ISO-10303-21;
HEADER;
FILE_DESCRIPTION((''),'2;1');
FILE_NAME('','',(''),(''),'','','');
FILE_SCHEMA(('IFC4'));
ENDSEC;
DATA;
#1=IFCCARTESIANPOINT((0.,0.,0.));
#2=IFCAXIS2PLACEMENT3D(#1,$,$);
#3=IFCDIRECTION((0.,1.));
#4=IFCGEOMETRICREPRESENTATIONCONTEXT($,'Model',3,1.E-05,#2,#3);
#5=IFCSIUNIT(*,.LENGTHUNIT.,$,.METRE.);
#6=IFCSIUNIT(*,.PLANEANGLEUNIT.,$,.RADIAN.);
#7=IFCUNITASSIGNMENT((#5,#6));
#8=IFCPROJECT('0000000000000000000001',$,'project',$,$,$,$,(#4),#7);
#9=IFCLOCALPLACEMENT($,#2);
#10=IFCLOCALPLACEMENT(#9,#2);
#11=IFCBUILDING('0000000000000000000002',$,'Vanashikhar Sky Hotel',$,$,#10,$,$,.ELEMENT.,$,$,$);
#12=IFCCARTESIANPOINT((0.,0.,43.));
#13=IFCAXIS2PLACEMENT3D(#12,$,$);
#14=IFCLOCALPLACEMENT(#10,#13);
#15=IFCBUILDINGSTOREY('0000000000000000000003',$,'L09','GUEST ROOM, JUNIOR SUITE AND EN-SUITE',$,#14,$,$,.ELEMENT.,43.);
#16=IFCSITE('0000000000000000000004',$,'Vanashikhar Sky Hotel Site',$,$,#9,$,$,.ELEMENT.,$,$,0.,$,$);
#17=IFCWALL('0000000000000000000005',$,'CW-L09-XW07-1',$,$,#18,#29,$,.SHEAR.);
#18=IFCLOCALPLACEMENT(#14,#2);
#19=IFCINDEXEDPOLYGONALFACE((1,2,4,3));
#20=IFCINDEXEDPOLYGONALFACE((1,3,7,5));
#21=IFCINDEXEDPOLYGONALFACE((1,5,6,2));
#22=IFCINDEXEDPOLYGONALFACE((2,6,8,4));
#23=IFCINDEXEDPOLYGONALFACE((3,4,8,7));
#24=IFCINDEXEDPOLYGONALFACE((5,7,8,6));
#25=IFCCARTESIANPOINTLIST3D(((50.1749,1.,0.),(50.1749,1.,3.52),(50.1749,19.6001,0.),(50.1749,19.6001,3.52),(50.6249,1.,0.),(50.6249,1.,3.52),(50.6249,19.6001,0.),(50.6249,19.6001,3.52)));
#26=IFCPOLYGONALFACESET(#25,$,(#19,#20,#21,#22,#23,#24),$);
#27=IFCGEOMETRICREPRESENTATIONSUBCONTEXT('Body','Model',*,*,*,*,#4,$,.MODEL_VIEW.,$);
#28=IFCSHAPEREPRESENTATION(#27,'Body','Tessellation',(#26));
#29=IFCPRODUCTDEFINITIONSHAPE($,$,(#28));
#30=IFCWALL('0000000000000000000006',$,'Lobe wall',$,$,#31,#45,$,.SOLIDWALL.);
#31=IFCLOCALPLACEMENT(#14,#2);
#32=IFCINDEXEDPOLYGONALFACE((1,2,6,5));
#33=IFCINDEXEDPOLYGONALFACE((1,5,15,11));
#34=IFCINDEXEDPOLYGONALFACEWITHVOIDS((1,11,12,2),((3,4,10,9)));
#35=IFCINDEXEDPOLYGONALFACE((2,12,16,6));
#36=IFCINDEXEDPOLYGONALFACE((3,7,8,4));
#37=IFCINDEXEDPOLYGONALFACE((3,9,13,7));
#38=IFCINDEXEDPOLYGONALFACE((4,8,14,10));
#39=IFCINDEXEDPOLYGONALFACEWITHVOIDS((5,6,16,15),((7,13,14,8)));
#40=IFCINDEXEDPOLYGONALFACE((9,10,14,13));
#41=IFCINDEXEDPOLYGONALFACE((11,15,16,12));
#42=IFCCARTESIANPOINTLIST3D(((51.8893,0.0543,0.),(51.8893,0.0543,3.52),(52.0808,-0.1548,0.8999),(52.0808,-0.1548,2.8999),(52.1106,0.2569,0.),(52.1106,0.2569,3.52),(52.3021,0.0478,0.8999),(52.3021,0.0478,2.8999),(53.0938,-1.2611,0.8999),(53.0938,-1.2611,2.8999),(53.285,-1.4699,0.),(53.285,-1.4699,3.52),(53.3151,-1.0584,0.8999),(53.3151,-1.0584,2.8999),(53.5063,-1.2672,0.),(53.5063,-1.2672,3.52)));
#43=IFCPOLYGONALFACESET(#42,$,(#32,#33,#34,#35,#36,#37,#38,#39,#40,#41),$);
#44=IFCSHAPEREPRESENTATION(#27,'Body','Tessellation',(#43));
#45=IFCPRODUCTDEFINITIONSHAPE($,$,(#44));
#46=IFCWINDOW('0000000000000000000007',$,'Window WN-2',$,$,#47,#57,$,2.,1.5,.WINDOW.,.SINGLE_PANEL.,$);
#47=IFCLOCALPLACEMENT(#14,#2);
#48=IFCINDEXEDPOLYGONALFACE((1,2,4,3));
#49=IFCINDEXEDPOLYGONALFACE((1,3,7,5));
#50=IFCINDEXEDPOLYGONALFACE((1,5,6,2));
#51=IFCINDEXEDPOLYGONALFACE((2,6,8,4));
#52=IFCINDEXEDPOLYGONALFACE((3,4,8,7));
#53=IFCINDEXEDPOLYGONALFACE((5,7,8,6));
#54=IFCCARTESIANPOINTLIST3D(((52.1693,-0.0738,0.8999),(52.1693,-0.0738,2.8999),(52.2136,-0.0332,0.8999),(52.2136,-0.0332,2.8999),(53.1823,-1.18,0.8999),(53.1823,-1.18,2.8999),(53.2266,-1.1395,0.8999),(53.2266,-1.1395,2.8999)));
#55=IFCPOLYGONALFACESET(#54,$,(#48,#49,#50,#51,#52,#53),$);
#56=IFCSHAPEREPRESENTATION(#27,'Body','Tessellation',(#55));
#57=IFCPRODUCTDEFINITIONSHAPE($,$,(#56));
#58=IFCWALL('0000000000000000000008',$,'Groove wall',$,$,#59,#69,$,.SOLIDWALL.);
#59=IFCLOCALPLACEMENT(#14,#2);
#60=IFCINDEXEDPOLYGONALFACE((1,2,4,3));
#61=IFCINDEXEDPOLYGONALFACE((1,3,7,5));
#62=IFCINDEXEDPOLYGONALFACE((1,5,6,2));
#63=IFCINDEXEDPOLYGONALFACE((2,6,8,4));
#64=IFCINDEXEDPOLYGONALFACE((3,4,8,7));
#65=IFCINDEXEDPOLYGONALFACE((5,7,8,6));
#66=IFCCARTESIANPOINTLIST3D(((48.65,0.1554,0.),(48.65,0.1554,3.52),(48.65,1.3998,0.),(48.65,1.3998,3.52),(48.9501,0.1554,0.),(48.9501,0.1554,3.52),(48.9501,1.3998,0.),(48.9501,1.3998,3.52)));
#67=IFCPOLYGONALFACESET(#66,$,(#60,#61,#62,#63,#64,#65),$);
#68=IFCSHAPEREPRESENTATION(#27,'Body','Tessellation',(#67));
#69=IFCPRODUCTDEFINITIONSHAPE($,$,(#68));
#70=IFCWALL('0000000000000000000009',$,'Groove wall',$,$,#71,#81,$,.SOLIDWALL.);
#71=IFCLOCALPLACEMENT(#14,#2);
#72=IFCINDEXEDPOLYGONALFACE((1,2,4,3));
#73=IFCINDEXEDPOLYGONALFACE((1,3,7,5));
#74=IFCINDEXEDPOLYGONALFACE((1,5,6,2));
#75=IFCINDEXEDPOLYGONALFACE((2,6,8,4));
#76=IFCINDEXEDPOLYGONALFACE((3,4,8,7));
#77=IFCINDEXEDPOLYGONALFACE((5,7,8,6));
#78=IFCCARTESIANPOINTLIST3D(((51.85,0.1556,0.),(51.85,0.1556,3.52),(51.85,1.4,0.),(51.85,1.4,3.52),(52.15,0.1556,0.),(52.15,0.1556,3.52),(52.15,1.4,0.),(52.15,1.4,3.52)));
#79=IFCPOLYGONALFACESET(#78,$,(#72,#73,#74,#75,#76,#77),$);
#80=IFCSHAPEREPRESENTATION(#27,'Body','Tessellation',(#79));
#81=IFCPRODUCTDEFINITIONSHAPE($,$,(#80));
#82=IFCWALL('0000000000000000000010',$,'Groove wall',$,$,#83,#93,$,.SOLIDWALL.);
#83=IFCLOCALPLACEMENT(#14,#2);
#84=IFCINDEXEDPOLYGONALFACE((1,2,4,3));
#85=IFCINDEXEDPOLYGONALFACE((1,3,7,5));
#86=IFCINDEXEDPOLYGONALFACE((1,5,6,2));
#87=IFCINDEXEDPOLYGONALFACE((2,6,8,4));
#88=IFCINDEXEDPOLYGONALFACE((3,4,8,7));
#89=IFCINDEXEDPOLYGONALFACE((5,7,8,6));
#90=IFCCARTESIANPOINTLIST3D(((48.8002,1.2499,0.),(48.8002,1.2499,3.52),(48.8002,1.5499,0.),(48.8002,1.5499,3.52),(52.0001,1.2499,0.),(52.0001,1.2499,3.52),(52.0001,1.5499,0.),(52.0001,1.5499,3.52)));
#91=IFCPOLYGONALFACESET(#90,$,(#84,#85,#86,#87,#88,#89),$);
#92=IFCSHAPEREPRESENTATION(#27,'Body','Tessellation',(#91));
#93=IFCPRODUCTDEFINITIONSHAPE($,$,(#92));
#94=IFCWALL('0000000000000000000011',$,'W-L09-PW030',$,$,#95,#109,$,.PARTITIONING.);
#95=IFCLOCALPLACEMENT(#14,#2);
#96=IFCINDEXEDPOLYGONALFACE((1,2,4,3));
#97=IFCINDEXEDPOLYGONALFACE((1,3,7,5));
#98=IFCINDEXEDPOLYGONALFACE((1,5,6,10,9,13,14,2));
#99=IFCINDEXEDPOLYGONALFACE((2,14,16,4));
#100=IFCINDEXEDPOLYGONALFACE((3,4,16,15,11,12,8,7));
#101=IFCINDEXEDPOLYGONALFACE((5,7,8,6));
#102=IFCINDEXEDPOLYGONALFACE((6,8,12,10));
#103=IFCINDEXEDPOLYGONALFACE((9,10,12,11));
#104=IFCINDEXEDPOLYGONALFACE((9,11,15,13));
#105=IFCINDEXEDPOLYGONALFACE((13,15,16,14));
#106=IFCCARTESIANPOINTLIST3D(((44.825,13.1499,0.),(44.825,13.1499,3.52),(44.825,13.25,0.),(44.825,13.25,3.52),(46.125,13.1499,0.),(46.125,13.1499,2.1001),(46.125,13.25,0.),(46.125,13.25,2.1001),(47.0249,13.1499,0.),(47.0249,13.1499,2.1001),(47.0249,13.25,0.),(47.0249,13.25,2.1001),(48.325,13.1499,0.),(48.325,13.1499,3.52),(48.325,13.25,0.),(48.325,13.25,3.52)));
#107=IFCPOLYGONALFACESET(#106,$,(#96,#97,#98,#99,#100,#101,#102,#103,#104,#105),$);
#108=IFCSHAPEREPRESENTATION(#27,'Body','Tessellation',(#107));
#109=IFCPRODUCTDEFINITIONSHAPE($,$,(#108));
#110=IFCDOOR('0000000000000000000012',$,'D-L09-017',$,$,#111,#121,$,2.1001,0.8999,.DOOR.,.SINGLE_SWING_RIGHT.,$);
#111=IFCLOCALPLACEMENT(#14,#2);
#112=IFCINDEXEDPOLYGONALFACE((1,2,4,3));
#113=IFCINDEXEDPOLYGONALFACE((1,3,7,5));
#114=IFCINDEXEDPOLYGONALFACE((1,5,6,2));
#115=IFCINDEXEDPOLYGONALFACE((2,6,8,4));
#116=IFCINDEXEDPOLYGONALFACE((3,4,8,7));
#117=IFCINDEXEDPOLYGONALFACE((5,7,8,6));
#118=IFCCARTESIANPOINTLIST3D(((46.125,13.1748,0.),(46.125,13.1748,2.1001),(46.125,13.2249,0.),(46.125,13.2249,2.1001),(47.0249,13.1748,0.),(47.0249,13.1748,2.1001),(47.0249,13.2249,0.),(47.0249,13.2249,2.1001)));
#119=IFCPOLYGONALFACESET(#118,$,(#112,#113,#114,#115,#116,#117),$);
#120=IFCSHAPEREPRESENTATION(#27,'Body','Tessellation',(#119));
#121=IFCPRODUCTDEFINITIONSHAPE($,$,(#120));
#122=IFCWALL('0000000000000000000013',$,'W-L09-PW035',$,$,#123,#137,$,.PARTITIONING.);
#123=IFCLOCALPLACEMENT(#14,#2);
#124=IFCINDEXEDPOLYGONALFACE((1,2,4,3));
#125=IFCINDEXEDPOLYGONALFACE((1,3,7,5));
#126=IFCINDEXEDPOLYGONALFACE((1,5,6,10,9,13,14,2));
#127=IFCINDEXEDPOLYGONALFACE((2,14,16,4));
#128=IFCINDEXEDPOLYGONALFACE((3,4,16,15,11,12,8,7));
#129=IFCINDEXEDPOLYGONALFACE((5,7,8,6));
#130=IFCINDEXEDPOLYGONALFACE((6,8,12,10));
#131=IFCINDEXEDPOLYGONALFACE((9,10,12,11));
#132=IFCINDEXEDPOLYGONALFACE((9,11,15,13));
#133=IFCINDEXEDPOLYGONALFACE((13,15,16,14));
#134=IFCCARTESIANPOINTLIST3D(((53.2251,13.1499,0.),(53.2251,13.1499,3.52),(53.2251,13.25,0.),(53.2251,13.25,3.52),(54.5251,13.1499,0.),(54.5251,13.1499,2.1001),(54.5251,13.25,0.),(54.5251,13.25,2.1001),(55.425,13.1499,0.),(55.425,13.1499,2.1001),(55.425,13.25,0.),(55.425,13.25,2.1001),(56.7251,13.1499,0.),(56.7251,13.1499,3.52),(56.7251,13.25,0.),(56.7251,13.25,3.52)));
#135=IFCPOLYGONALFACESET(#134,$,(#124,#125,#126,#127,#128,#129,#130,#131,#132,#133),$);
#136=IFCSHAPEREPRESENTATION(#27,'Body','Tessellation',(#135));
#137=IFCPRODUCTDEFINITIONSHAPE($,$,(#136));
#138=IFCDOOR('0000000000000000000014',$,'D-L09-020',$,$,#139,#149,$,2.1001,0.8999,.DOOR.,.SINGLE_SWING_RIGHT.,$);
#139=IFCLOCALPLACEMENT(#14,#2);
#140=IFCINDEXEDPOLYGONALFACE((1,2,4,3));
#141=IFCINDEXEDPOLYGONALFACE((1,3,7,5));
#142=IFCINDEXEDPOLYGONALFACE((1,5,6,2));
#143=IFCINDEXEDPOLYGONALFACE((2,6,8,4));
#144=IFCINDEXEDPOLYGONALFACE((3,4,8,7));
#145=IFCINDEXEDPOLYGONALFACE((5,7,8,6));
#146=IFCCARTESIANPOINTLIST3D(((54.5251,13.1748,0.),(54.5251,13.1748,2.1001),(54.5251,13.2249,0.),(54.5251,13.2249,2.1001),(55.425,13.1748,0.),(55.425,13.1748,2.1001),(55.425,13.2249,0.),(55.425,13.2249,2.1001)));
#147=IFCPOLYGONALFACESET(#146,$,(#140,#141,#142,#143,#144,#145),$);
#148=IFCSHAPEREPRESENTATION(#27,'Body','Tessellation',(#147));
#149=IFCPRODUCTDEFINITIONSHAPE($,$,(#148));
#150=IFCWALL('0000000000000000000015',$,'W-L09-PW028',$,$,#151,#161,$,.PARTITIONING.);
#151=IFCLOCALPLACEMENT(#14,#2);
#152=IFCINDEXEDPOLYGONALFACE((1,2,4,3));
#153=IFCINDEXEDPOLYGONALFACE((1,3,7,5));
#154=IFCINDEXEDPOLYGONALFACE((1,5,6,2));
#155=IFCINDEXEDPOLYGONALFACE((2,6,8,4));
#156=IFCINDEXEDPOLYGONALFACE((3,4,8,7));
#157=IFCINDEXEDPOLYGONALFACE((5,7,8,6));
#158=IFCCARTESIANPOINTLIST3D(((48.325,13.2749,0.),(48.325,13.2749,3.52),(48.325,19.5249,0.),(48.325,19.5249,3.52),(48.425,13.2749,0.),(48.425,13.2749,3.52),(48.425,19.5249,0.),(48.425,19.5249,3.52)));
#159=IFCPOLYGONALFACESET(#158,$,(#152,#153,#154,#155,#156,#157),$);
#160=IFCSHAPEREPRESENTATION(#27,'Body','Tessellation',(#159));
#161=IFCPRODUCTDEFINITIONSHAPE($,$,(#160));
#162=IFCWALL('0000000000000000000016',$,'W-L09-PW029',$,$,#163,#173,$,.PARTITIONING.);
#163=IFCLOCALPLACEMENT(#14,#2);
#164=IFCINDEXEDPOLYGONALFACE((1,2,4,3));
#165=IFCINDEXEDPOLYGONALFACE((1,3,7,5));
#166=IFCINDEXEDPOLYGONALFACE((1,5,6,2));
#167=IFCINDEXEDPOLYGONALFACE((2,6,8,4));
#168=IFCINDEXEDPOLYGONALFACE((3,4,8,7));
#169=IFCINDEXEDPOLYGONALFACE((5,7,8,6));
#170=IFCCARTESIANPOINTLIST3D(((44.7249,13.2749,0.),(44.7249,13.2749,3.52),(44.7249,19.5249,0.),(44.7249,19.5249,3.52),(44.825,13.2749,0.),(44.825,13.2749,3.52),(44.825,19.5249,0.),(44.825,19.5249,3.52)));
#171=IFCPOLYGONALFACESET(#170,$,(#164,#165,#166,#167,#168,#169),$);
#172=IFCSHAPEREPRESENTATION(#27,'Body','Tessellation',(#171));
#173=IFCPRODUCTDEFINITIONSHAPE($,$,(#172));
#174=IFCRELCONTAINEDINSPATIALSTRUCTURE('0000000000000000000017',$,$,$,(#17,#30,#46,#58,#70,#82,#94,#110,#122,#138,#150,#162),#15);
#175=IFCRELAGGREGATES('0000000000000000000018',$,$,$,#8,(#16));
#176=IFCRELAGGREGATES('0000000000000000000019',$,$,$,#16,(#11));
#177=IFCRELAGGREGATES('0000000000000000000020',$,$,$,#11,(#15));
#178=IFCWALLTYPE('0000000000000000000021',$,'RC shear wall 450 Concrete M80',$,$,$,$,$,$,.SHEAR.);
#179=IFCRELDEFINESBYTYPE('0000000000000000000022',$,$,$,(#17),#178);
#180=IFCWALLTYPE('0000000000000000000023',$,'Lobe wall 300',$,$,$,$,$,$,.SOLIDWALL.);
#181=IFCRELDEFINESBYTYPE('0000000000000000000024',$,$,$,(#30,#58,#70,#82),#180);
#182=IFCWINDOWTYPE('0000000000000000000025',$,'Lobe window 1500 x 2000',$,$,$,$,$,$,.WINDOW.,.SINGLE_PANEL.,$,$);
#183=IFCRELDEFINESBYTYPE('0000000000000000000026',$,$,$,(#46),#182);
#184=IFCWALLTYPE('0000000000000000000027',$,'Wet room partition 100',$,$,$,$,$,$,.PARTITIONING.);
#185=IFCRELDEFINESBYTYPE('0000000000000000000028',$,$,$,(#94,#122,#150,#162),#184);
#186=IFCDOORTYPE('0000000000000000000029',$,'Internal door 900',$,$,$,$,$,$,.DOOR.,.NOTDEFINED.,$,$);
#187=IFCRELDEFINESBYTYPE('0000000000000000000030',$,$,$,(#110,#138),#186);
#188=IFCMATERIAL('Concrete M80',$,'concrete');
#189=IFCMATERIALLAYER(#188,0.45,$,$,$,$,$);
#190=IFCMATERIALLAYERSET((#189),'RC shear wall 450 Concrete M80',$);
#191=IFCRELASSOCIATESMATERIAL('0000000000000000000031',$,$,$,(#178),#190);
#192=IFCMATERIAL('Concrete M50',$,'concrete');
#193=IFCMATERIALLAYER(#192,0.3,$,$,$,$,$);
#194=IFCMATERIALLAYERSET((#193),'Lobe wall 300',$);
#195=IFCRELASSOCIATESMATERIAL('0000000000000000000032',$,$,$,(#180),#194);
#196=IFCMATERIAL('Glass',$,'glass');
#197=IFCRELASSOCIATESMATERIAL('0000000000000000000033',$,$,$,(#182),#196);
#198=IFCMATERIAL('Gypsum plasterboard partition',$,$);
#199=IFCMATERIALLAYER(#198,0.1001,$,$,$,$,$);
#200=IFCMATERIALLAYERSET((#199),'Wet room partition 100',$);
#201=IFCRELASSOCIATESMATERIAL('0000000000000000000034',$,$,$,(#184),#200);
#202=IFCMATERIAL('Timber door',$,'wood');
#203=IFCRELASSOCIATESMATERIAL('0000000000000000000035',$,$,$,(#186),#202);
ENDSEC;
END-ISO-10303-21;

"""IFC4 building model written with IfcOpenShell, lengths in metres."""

from ifc_helpers import new_model, si_unit, direction, frame, frame_2d, origin, place, context, subcontext, project, spatial, rectangle, extrude, source, transform, mapped, material, layer, layer_set, type_object, element, fill, save


model = new_model("IFC4")

# Units and contexts
model_context = context("Model", 3, precision=1e-05, world=origin(), true_north=direction((0.0, 1.0)))
body_context = subcontext(model_context, "Body", "Model", "MODEL_VIEW")
ifc_project = project(units=[si_unit("LENGTHUNIT", "METRE"), si_unit("PLANEANGLEUNIT", "RADIAN")], contexts=[model_context])

# Site, building, storey
site_placement = place(None, origin())
site = spatial("IfcSite", under=ifc_project, at=site_placement, Name="Vanashikhar Sky Hotel Site", CompositionType="ELEMENT", RefElevation=0.0)
building_placement = place(site_placement, origin())
building = spatial("IfcBuilding", under=site, at=building_placement, Name="Vanashikhar Sky Hotel", CompositionType="ELEMENT")
storey_placement = place(building_placement, frame((0.0, 0.0, 43.0)))
storey = spatial("IfcBuildingStorey", under=building, at=storey_placement, Name="L09", Description="GUEST ROOM, JUNIOR SUITE AND EN-SUITE", CompositionType="ELEMENT", Elevation=43.0)

# Wall
ifc_material_1 = material(Name="Concrete M80", Category="concrete")
ifc_layer_1 = layer(ifc_material_1, 0.45)
ifc_layer_set_1 = layer_set([ifc_layer_1], Name="RC shear wall 450 Concrete M80")
wall_type_1 = type_object("IfcWallType", Name="RC shear wall 450 Concrete M80", PredefinedType="SHEAR", material=ifc_layer_set_1)
shared_shape_1 = source(origin(), body_context, "Body", "SweptSolid", [
    extrude(rectangle(XDim=18.6001, YDim=0.45, at=frame_2d((9.3, 0.0))), origin(), (0.0, 0.0, 1.0), 3.52),
])
wall_1_placement = place(storey_placement, frame((50.3999, 1.0, 0.0), z_axis=(0.0, 0.0, 1.0), x_axis=(0.0, 1.0, 0.0)))
element("IfcWall", 1, at=wall_1_placement, inside=storey, type_object=wall_type_1, Name="CW-L09-XW07-1", PredefinedType="SHEAR", context=body_context, shape_type="MappedRepresentation", body=[
    mapped(shared_shape_1, transform((0.0, 0.0, 0.0), scale=1.0)),
])

# Wall, opening, window
ifc_material_2 = material(Name="Concrete M50", Category="concrete")
ifc_layer_2 = layer(ifc_material_2, 0.3)
ifc_layer_set_2 = layer_set([ifc_layer_2], Name="Lobe wall 300")
wall_type_2 = type_object("IfcWallType", Name="Lobe wall 300", PredefinedType="SOLIDWALL", material=ifc_layer_set_2)
shared_shape_2 = source(origin(), body_context, "Body", "SweptSolid", [
    extrude(rectangle(XDim=2.0667, YDim=0.3, at=frame_2d((1.0332, 0.0))), origin(), (0.0, 0.0, 1.0), 3.52),
])
wall_2_placement = place(storey_placement, frame((52.0, 0.1555, 0.0), z_axis=(0.0, 0.0, 1.0), x_axis=(0.675355, -0.737492, 0.0)))
wall_2 = element("IfcWall", 2, at=wall_2_placement, inside=storey, type_object=wall_type_2, Name="Lobe wall", PredefinedType="SOLIDWALL", context=body_context, shape_type="MappedRepresentation", body=[
    mapped(shared_shape_2, transform((0.0, 0.0, 0.0), scale=1.0)),
])
shared_shape_3 = source(origin(), body_context, "Body", "SweptSolid", [
    extrude(rectangle(XDim=1.5, YDim=2.0, at=frame_2d((0.75, 1.0))), frame((0.0, 0.1602, 0.0), z_axis=(0.0, -1.0, 0.0), x_axis=(1.0, 0.0, 0.0)), (0.0, 0.0, 1.0), 0.3201),
])
opening_1_placement = place(wall_2_placement, frame((0.2834, 0.0, 0.8999)))
opening_1 = element("IfcOpeningElement", 3, at=opening_1_placement, cuts=wall_2, PredefinedType="OPENING", context=body_context, shape_type="MappedRepresentation", body=[
    mapped(shared_shape_3, transform((0.0, 0.0, 0.0), scale=1.0)),
])
ifc_material_3 = material(Name="Glass", Category="glass")
window_type = type_object("IfcWindowType", Name="Lobe window 1500 x 2000", PartitioningType="SINGLE_PANEL", PredefinedType="WINDOW", material=ifc_material_3)
shared_shape_4 = source(origin(), body_context, "Body", "SweptSolid", [
    extrude(rectangle(XDim=1.5, YDim=2.0, at=frame_2d((0.75, 1.0))), frame((0.0, 0.03, 0.0), z_axis=(0.0, -1.0, 0.0), x_axis=(1.0, 0.0, 0.0)), (0.0, 0.0, 1.0), 0.0601),
])
window_placement = place(opening_1_placement, origin())
window = element("IfcWindow", 4, at=window_placement, inside=storey, type_object=window_type, Name="Window WN-2", OverallHeight=2.0, OverallWidth=1.5, PartitioningType="SINGLE_PANEL", PredefinedType="WINDOW", context=body_context, shape_type="MappedRepresentation", body=[
    mapped(shared_shape_4, transform((0.0, 0.0, 0.0), scale=1.0)),
])
fill(opening_1, window)

# Walls
shared_shape_5 = source(origin(), body_context, "Body", "SweptSolid", [
    extrude(rectangle(XDim=1.2444, YDim=0.3, at=frame_2d((0.6221, 0.0))), origin(), (0.0, 0.0, 1.0), 3.52),
])
for number, where, z_axis, x_axis, name in (
    (5, (48.8, 0.1555, 0.0), (0.0, 0.0, 1.0), (0.0, 1.0, 0.0), "Groove wall"),
    (6, (52.0, 1.3999, 0.0), (0.0, 0.0, 1.0), (0.0, -1.0, 0.0), "Groove wall"),
):
    element("IfcWall", number, at=place(storey_placement, frame(where, z_axis=z_axis, x_axis=x_axis)), inside=storey, type_object=wall_type_2, Name=name, PredefinedType="SOLIDWALL", context=body_context, shape_type="MappedRepresentation", body=[
        mapped(shared_shape_5, transform((0.0, 0.0, 0.0), scale=1.0)),
    ])
shared_shape_6 = source(origin(), body_context, "Body", "SweptSolid", [
    extrude(rectangle(XDim=3.2, YDim=0.3, at=frame_2d((1.6001, 0.0))), origin(), (0.0, 0.0, 1.0), 3.52),
])
wall_3_placement = place(storey_placement, frame((48.8, 1.3999, 0.0), z_axis=(0.0, 0.0, 1.0), x_axis=(1.0, 0.0, 0.0)))
element("IfcWall", 7, at=wall_3_placement, inside=storey, type_object=wall_type_2, Name="Groove wall", PredefinedType="SOLIDWALL", context=body_context, shape_type="MappedRepresentation", body=[
    mapped(shared_shape_6, transform((0.0, 0.0, 0.0), scale=1.0)),
])

# Walls, openings, doors
ifc_material_4 = material(Name="Gypsum plasterboard partition")
ifc_layer_3 = layer(ifc_material_4, 0.1001)
ifc_layer_set_3 = layer_set([ifc_layer_3], Name="Wet room partition 100")
wall_type_3 = type_object("IfcWallType", Name="Wet room partition 100", PredefinedType="PARTITIONING", material=ifc_layer_set_3)
shared_shape_7 = source(origin(), body_context, "Body", "SweptSolid", [
    extrude(rectangle(XDim=3.5, YDim=0.1001, at=frame_2d((1.75, 0.0))), origin(), (0.0, 0.0, 1.0), 3.52),
])
wall_4_placement = place(storey_placement, frame((44.825, 13.2, 0.0), z_axis=(0.0, 0.0, 1.0), x_axis=(1.0, 0.0, 0.0)))
wall_4 = element("IfcWall", 8, at=wall_4_placement, inside=storey, type_object=wall_type_3, Name="W-L09-PW030", PredefinedType="PARTITIONING", context=body_context, shape_type="MappedRepresentation", body=[
    mapped(shared_shape_7, transform((0.0, 0.0, 0.0), scale=1.0)),
])
shared_shape_8 = source(origin(), body_context, "Body", "SweptSolid", [
    extrude(rectangle(XDim=0.8999, YDim=2.1001, at=frame_2d((0.45, 1.05))), frame((0.0, 0.0601, 0.0), z_axis=(0.0, -1.0, 0.0), x_axis=(1.0, 0.0, 0.0)), (0.0, 0.0, 1.0), 0.1201),
])
opening_2_placement = place(wall_4_placement, frame((1.3, 0.0, 0.0)))
opening_2 = element("IfcOpeningElement", 9, at=opening_2_placement, cuts=wall_4, PredefinedType="OPENING", context=body_context, shape_type="MappedRepresentation", body=[
    mapped(shared_shape_8, transform((0.0, 0.0, 0.0), scale=1.0)),
])
ifc_material_5 = material(Name="Timber door", Category="wood")
door_type = type_object("IfcDoorType", Name="Internal door 900", OperationType="NOTDEFINED", PredefinedType="DOOR", material=ifc_material_5)
shared_shape_9 = source(origin(), body_context, "Body", "SweptSolid", [
    extrude(rectangle(XDim=0.8999, YDim=2.1001, at=frame_2d((0.45, 1.05))), frame((0.0, 0.0249, 0.0), z_axis=(0.0, -1.0, 0.0), x_axis=(1.0, 0.0, 0.0)), (0.0, 0.0, 1.0), 0.05),
])
door_1_placement = place(opening_2_placement, origin())
door_1 = element("IfcDoor", 10, at=door_1_placement, inside=storey, type_object=door_type, Name="D-L09-017", OperationType="SINGLE_SWING_RIGHT", OverallHeight=2.1001, OverallWidth=0.8999, PredefinedType="DOOR", context=body_context, shape_type="MappedRepresentation", body=[
    mapped(shared_shape_9, transform((0.0, 0.0, 0.0), scale=1.0)),
])
fill(opening_2, door_1)
wall_5_placement = place(storey_placement, frame((53.2251, 13.2, 0.0), z_axis=(0.0, 0.0, 1.0), x_axis=(1.0, 0.0, 0.0)))
wall_5 = element("IfcWall", 11, at=wall_5_placement, inside=storey, type_object=wall_type_3, Name="W-L09-PW035", PredefinedType="PARTITIONING", context=body_context, shape_type="MappedRepresentation", body=[
    mapped(shared_shape_7, transform((0.0, 0.0, 0.0), scale=1.0)),
])
opening_3_placement = place(wall_5_placement, frame((1.3, 0.0, 0.0)))
opening_3 = element("IfcOpeningElement", 12, at=opening_3_placement, cuts=wall_5, PredefinedType="OPENING", context=body_context, shape_type="MappedRepresentation", body=[
    mapped(shared_shape_8, transform((0.0, 0.0, 0.0), scale=1.0)),
])
door_2_placement = place(opening_3_placement, origin())
door_2 = element("IfcDoor", 13, at=door_2_placement, inside=storey, type_object=door_type, Name="D-L09-020", OperationType="SINGLE_SWING_RIGHT", OverallHeight=2.1001, OverallWidth=0.8999, PredefinedType="DOOR", context=body_context, shape_type="MappedRepresentation", body=[
    mapped(shared_shape_9, transform((0.0, 0.0, 0.0), scale=1.0)),
])
fill(opening_3, door_2)

# Walls
shared_shape_10 = source(origin(), body_context, "Body", "SweptSolid", [
    extrude(rectangle(XDim=6.25, YDim=0.1001, at=frame_2d((3.125, 0.0))), origin(), (0.0, 0.0, 1.0), 3.52),
])
for number, where, z_axis, x_axis, name in (
    (14, (48.375, 13.2749, 0.0), (0.0, 0.0, 1.0), (0.0, 1.0, 0.0), "W-L09-PW028"),
    (15, (44.7749, 13.2749, 0.0), (0.0, 0.0, 1.0), (0.0, 1.0, 0.0), "W-L09-PW029"),
):
    element("IfcWall", number, at=place(storey_placement, frame(where, z_axis=z_axis, x_axis=x_axis)), inside=storey, type_object=wall_type_3, Name=name, PredefinedType="PARTITIONING", context=body_context, shape_type="MappedRepresentation", body=[
        mapped(shared_shape_10, transform((0.0, 0.0, 0.0), scale=1.0)),
    ])

save(model, "model.ifc")
